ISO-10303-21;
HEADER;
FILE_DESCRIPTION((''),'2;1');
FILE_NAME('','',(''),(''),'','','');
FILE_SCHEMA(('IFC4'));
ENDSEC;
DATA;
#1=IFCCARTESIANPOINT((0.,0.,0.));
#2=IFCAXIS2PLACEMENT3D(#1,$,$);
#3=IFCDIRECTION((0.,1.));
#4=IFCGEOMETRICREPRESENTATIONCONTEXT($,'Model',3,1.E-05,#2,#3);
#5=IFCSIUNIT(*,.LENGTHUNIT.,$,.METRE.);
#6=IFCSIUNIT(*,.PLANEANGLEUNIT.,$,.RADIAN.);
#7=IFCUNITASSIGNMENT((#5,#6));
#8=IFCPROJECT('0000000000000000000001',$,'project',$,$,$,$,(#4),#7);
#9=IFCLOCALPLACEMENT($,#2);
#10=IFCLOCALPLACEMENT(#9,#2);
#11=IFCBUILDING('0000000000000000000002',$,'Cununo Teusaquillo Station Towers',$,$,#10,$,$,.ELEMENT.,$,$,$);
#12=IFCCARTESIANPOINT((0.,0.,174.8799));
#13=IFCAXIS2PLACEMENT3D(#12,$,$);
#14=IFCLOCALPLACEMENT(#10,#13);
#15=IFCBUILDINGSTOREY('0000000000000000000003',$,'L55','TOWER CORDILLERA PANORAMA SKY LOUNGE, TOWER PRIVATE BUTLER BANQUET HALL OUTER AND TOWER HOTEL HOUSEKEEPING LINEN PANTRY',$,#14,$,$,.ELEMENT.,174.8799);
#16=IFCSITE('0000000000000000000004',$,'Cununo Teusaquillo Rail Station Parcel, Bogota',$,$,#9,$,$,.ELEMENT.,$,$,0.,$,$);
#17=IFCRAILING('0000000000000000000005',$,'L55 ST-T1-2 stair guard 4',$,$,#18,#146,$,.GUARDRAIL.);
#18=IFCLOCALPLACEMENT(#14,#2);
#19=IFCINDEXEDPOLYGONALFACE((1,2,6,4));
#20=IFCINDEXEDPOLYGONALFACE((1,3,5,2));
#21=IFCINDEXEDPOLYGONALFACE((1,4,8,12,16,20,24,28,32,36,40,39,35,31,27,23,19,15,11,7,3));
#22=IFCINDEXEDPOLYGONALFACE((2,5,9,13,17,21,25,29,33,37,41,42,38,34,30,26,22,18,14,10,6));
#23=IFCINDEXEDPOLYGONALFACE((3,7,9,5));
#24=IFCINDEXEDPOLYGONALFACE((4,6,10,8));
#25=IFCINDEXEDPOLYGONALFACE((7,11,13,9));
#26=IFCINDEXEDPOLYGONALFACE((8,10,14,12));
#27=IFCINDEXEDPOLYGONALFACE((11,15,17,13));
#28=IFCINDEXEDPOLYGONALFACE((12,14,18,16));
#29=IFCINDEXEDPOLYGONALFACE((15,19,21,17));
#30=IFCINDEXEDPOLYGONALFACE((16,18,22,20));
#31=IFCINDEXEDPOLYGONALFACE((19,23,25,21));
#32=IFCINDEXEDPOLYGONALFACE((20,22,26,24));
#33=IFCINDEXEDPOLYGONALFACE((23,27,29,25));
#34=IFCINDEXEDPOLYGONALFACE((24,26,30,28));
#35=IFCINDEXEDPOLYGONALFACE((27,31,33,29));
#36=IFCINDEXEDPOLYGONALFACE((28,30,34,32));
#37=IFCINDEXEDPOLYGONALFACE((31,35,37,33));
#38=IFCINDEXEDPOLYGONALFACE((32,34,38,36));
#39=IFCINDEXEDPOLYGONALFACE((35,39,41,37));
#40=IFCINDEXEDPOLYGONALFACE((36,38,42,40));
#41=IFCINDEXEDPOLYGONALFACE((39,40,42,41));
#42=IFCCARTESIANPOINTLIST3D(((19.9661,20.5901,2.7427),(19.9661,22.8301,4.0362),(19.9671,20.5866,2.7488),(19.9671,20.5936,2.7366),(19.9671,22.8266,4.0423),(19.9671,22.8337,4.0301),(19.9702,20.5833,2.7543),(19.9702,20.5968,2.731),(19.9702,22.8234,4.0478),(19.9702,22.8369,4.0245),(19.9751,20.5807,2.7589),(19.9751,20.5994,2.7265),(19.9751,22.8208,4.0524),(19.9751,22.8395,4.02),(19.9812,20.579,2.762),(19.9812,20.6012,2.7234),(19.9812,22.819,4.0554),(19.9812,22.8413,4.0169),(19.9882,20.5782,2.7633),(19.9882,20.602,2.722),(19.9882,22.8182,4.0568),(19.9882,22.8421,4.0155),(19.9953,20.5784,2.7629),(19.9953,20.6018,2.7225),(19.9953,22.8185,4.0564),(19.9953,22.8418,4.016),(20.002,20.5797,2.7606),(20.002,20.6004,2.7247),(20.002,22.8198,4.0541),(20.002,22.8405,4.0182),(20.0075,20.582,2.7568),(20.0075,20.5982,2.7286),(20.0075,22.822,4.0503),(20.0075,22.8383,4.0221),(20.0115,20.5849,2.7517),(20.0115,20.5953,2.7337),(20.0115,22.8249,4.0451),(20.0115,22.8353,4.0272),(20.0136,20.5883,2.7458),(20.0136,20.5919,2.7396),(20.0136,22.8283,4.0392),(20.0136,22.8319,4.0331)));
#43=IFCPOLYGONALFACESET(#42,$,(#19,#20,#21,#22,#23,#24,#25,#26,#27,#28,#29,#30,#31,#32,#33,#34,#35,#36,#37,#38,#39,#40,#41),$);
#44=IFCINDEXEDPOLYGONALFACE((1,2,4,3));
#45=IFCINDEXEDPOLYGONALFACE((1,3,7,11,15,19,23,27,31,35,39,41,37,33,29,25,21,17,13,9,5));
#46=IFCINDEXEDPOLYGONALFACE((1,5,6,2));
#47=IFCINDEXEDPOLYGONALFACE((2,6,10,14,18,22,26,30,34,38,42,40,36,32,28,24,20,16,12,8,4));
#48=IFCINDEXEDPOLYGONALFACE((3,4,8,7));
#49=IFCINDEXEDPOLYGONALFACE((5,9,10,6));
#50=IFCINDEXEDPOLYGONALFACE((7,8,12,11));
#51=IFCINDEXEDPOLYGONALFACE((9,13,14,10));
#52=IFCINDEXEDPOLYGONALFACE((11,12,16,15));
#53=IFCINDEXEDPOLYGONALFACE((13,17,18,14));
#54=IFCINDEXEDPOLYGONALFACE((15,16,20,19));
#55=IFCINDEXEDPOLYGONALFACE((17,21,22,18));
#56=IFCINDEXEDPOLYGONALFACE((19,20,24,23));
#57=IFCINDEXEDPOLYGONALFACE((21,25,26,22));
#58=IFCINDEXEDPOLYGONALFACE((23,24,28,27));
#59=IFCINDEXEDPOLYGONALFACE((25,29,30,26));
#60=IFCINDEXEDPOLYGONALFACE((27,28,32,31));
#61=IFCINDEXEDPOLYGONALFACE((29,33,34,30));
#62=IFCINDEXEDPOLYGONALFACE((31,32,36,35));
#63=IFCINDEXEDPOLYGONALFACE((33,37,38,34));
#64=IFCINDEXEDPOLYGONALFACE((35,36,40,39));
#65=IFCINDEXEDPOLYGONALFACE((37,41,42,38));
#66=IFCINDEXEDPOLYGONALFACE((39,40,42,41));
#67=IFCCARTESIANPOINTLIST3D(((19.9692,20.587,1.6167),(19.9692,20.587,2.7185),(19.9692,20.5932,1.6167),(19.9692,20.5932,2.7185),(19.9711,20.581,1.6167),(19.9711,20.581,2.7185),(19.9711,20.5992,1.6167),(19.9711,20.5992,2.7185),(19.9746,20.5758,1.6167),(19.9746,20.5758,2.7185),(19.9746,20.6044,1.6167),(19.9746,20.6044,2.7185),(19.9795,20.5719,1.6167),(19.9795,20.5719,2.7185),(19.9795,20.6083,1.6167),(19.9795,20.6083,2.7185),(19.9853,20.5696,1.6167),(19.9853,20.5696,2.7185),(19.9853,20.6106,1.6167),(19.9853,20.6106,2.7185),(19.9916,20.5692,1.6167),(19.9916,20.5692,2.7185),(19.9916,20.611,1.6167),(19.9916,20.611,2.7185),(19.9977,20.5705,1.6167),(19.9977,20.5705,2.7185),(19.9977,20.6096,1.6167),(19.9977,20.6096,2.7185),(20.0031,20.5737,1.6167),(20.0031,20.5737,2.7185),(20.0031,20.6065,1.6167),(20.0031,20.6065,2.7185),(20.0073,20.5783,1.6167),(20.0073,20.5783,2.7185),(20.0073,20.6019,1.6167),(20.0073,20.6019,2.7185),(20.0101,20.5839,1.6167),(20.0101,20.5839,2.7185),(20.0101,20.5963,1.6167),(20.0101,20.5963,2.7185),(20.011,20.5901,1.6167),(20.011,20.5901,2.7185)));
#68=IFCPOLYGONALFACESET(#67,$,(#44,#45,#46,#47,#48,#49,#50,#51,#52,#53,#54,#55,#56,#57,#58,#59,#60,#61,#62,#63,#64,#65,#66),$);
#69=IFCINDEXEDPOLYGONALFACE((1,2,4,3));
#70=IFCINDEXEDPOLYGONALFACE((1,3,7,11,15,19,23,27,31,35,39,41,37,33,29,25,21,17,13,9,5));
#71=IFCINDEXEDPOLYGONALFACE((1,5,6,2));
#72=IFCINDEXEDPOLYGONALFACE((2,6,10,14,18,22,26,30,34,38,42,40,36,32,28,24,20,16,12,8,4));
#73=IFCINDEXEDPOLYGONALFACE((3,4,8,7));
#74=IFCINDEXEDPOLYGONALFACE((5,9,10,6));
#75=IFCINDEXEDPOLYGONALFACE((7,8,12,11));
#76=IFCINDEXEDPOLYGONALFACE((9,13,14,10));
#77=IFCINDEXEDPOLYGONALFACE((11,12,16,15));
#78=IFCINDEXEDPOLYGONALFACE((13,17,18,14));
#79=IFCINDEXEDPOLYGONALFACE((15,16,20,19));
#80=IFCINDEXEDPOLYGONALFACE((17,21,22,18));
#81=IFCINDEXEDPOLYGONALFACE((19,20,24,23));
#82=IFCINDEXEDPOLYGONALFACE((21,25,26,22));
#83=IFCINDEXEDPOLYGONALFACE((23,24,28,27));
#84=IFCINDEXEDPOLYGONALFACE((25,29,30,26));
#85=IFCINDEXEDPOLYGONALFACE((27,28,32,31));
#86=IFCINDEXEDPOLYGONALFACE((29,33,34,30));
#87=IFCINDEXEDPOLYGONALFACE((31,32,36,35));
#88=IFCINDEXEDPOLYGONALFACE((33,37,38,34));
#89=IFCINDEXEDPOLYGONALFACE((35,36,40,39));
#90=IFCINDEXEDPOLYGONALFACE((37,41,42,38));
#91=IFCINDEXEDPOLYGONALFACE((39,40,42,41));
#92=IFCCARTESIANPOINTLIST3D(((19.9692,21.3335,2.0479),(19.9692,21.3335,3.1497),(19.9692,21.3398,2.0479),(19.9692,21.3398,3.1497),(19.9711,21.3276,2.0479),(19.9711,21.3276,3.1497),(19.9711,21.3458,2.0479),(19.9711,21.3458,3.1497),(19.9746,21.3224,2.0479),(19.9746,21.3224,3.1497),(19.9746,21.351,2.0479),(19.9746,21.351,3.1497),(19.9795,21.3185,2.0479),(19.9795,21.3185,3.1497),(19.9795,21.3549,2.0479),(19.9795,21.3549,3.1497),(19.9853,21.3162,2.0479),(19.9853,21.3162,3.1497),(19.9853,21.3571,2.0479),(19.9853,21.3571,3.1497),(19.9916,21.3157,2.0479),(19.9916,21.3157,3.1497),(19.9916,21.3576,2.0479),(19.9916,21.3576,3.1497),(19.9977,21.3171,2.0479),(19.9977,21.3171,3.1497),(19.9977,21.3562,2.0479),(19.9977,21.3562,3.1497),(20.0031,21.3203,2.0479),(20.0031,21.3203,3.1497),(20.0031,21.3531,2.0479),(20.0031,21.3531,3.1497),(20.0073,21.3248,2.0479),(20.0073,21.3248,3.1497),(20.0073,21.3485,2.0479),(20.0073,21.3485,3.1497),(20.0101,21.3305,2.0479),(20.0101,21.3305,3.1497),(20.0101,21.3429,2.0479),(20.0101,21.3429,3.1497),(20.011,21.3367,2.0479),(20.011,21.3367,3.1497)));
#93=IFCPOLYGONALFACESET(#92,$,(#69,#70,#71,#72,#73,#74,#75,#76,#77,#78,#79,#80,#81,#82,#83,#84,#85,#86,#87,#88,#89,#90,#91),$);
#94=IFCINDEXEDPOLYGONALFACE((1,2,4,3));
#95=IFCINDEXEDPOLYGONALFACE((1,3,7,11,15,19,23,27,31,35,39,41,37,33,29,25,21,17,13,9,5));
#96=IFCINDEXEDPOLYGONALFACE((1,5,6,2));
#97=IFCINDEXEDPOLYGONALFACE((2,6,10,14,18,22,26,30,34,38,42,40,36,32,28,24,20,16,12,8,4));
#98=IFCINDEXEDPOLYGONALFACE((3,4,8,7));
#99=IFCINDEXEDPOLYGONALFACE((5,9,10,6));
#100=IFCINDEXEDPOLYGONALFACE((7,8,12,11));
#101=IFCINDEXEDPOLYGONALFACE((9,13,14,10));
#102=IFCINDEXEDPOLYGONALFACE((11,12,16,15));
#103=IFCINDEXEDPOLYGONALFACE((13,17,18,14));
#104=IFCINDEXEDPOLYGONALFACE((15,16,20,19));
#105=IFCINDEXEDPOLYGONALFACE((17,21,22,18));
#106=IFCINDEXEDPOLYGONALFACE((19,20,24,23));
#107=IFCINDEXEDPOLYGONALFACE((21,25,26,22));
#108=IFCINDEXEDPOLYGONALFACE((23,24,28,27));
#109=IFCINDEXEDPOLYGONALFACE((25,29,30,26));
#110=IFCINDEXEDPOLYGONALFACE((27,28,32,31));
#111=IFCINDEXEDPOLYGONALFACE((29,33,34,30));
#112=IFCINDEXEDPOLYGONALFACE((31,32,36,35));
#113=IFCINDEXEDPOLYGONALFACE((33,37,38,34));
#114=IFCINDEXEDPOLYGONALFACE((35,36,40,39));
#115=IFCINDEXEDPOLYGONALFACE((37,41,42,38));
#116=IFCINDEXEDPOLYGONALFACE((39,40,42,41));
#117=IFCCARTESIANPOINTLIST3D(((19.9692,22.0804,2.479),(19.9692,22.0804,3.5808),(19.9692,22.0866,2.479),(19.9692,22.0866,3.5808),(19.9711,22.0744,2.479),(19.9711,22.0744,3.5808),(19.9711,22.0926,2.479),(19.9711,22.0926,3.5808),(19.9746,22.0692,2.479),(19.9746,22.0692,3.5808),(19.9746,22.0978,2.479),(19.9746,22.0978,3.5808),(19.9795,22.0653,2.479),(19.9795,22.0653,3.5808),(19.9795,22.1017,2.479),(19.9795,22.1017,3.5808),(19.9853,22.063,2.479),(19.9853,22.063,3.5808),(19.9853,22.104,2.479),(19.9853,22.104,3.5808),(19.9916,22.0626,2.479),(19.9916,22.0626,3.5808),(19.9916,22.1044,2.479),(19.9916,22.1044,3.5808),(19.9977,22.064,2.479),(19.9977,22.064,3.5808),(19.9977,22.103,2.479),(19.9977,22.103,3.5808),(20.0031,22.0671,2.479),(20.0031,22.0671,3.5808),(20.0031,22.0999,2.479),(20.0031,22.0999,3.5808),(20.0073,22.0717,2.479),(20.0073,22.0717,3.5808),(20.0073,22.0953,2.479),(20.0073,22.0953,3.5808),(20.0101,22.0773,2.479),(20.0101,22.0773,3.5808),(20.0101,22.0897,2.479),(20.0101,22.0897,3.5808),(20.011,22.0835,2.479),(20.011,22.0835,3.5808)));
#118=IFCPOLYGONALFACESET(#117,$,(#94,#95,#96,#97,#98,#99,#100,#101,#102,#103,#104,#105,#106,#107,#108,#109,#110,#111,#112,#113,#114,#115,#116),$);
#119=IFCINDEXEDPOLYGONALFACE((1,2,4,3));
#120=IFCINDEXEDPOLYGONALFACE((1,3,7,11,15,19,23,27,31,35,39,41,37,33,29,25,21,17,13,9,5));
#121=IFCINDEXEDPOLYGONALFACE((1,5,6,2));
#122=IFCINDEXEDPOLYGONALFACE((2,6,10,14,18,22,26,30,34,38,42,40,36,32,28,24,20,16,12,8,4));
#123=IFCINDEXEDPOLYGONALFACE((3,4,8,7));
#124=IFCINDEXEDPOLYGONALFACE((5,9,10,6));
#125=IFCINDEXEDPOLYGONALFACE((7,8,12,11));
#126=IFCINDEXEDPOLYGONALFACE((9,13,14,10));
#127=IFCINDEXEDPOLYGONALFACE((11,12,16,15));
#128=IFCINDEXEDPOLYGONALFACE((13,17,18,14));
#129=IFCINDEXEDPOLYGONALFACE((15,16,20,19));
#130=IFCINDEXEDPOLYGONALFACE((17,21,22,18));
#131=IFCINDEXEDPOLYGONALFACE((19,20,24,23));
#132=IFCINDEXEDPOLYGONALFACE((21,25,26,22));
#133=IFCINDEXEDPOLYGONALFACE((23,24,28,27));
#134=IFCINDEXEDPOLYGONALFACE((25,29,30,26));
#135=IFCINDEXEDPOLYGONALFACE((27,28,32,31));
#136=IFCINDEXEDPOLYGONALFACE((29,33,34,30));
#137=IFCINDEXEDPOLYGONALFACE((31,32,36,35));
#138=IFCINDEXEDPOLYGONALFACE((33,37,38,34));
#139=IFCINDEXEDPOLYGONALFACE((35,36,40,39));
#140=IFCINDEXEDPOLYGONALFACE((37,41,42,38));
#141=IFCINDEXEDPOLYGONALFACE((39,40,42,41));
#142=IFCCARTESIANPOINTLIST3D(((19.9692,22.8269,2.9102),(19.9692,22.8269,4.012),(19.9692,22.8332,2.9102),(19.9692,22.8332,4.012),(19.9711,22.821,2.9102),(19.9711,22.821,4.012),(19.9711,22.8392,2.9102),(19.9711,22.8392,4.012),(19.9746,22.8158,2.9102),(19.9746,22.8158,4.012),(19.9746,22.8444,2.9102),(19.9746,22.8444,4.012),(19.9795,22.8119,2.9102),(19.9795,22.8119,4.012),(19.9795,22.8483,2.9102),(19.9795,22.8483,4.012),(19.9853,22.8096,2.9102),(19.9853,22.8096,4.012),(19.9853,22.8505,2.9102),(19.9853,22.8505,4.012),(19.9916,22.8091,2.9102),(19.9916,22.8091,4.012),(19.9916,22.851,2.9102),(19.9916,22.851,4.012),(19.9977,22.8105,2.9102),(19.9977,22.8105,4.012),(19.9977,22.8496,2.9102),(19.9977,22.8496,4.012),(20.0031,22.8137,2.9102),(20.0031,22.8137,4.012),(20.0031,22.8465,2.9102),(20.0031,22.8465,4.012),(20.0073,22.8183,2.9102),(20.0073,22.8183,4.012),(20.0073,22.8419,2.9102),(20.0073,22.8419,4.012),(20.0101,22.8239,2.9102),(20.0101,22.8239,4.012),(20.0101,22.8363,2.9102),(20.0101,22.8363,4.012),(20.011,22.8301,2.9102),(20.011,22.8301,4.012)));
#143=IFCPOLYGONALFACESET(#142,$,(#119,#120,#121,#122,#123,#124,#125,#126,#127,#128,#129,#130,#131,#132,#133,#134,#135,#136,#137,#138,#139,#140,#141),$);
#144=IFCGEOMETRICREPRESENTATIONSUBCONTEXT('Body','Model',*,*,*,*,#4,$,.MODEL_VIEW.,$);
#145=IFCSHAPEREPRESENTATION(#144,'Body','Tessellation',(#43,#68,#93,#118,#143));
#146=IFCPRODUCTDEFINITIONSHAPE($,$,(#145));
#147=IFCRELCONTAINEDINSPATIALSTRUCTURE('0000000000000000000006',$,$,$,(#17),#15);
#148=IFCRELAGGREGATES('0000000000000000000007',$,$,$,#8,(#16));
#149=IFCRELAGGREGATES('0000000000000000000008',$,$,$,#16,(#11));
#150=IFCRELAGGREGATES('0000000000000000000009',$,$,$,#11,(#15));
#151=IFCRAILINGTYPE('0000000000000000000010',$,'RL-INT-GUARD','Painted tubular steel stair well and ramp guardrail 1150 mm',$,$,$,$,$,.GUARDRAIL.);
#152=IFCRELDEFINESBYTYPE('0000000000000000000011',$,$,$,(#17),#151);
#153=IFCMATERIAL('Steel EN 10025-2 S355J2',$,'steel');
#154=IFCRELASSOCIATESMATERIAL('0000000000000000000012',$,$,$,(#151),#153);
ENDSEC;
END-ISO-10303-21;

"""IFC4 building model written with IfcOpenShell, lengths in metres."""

from ifc_helpers import new_model, si_unit, direction, frame, origin, origin_2d, place, context, subcontext, project, spatial, circle, extrude, material, type_object, element, save


model = new_model("IFC4")

# Units and contexts
model_context = context("Model", 3, precision=1e-05, world=origin(), true_north=direction((0.0, 1.0)))
body_context = subcontext(model_context, "Body", "Model", "MODEL_VIEW")
ifc_project = project(units=[si_unit("LENGTHUNIT", "METRE"), si_unit("PLANEANGLEUNIT", "RADIAN")], contexts=[model_context])

# Site, building, storey
site_placement = place(None, origin())
site = spatial("IfcSite", under=ifc_project, at=site_placement, Name="Cununo Teusaquillo Rail Station Parcel, Bogota", CompositionType="ELEMENT", RefElevation=0.0)
building_placement = place(site_placement, origin())
building = spatial("IfcBuilding", under=site, at=building_placement, Name="Cununo Teusaquillo Station Towers", CompositionType="ELEMENT")
storey_placement = place(building_placement, frame((0.0, 0.0, 174.8799)))
storey = spatial("IfcBuildingStorey", under=building, at=storey_placement, Name="L55", Description="TOWER CORDILLERA PANORAMA SKY LOUNGE, TOWER PRIVATE BUTLER BANQUET HALL OUTER AND TOWER HOTEL HOUSEKEEPING LINEN PANTRY", CompositionType="ELEMENT", Elevation=174.8799)

# Railing
ifc_material_1 = material(Name="Steel EN 10025-2 S355J2", Category="steel")
railing_type_1 = type_object("IfcRailingType", Name="RL-INT-GUARD", Description="Painted tubular steel stair well and ramp guardrail 1150 mm", PredefinedType="GUARDRAIL", material=ifc_material_1)
railing_1_placement = place(storey_placement, frame((19.99, 20.5901, 1.6167)))
element("IfcRailing", 1, at=railing_1_placement, inside=storey, type_object=railing_type_1, Name="L55 ST-T1-2 stair guard 4", PredefinedType="GUARDRAIL", context=body_context, shape_type="SweptSolid", body=[
    extrude(circle(Radius=0.0239, at=origin_2d()), frame((0.0, 0.0, 1.126), z_axis=(0.0, 0.865992, 0.500057), x_axis=(-1.0, 0.0, 0.0)), (0.0, 0.0, 1.0), 2.5867),
    extrude(circle(Radius=0.021, at=origin_2d()), origin(), (0.0, 0.0, 1.0), 1.1018),
    extrude(circle(Radius=0.021, at=origin_2d()), frame((0.0, 0.7466, 0.4312)), (0.0, 0.0, 1.0), 1.1018),
    extrude(circle(Radius=0.021, at=origin_2d()), frame((0.0, 1.4934, 0.8623)), (0.0, 0.0, 1.0), 1.1018),
    extrude(circle(Radius=0.021, at=origin_2d()), frame((0.0, 2.24, 1.2935)), (0.0, 0.0, 1.0), 1.1018),
])

save(model, "model.ifc")
